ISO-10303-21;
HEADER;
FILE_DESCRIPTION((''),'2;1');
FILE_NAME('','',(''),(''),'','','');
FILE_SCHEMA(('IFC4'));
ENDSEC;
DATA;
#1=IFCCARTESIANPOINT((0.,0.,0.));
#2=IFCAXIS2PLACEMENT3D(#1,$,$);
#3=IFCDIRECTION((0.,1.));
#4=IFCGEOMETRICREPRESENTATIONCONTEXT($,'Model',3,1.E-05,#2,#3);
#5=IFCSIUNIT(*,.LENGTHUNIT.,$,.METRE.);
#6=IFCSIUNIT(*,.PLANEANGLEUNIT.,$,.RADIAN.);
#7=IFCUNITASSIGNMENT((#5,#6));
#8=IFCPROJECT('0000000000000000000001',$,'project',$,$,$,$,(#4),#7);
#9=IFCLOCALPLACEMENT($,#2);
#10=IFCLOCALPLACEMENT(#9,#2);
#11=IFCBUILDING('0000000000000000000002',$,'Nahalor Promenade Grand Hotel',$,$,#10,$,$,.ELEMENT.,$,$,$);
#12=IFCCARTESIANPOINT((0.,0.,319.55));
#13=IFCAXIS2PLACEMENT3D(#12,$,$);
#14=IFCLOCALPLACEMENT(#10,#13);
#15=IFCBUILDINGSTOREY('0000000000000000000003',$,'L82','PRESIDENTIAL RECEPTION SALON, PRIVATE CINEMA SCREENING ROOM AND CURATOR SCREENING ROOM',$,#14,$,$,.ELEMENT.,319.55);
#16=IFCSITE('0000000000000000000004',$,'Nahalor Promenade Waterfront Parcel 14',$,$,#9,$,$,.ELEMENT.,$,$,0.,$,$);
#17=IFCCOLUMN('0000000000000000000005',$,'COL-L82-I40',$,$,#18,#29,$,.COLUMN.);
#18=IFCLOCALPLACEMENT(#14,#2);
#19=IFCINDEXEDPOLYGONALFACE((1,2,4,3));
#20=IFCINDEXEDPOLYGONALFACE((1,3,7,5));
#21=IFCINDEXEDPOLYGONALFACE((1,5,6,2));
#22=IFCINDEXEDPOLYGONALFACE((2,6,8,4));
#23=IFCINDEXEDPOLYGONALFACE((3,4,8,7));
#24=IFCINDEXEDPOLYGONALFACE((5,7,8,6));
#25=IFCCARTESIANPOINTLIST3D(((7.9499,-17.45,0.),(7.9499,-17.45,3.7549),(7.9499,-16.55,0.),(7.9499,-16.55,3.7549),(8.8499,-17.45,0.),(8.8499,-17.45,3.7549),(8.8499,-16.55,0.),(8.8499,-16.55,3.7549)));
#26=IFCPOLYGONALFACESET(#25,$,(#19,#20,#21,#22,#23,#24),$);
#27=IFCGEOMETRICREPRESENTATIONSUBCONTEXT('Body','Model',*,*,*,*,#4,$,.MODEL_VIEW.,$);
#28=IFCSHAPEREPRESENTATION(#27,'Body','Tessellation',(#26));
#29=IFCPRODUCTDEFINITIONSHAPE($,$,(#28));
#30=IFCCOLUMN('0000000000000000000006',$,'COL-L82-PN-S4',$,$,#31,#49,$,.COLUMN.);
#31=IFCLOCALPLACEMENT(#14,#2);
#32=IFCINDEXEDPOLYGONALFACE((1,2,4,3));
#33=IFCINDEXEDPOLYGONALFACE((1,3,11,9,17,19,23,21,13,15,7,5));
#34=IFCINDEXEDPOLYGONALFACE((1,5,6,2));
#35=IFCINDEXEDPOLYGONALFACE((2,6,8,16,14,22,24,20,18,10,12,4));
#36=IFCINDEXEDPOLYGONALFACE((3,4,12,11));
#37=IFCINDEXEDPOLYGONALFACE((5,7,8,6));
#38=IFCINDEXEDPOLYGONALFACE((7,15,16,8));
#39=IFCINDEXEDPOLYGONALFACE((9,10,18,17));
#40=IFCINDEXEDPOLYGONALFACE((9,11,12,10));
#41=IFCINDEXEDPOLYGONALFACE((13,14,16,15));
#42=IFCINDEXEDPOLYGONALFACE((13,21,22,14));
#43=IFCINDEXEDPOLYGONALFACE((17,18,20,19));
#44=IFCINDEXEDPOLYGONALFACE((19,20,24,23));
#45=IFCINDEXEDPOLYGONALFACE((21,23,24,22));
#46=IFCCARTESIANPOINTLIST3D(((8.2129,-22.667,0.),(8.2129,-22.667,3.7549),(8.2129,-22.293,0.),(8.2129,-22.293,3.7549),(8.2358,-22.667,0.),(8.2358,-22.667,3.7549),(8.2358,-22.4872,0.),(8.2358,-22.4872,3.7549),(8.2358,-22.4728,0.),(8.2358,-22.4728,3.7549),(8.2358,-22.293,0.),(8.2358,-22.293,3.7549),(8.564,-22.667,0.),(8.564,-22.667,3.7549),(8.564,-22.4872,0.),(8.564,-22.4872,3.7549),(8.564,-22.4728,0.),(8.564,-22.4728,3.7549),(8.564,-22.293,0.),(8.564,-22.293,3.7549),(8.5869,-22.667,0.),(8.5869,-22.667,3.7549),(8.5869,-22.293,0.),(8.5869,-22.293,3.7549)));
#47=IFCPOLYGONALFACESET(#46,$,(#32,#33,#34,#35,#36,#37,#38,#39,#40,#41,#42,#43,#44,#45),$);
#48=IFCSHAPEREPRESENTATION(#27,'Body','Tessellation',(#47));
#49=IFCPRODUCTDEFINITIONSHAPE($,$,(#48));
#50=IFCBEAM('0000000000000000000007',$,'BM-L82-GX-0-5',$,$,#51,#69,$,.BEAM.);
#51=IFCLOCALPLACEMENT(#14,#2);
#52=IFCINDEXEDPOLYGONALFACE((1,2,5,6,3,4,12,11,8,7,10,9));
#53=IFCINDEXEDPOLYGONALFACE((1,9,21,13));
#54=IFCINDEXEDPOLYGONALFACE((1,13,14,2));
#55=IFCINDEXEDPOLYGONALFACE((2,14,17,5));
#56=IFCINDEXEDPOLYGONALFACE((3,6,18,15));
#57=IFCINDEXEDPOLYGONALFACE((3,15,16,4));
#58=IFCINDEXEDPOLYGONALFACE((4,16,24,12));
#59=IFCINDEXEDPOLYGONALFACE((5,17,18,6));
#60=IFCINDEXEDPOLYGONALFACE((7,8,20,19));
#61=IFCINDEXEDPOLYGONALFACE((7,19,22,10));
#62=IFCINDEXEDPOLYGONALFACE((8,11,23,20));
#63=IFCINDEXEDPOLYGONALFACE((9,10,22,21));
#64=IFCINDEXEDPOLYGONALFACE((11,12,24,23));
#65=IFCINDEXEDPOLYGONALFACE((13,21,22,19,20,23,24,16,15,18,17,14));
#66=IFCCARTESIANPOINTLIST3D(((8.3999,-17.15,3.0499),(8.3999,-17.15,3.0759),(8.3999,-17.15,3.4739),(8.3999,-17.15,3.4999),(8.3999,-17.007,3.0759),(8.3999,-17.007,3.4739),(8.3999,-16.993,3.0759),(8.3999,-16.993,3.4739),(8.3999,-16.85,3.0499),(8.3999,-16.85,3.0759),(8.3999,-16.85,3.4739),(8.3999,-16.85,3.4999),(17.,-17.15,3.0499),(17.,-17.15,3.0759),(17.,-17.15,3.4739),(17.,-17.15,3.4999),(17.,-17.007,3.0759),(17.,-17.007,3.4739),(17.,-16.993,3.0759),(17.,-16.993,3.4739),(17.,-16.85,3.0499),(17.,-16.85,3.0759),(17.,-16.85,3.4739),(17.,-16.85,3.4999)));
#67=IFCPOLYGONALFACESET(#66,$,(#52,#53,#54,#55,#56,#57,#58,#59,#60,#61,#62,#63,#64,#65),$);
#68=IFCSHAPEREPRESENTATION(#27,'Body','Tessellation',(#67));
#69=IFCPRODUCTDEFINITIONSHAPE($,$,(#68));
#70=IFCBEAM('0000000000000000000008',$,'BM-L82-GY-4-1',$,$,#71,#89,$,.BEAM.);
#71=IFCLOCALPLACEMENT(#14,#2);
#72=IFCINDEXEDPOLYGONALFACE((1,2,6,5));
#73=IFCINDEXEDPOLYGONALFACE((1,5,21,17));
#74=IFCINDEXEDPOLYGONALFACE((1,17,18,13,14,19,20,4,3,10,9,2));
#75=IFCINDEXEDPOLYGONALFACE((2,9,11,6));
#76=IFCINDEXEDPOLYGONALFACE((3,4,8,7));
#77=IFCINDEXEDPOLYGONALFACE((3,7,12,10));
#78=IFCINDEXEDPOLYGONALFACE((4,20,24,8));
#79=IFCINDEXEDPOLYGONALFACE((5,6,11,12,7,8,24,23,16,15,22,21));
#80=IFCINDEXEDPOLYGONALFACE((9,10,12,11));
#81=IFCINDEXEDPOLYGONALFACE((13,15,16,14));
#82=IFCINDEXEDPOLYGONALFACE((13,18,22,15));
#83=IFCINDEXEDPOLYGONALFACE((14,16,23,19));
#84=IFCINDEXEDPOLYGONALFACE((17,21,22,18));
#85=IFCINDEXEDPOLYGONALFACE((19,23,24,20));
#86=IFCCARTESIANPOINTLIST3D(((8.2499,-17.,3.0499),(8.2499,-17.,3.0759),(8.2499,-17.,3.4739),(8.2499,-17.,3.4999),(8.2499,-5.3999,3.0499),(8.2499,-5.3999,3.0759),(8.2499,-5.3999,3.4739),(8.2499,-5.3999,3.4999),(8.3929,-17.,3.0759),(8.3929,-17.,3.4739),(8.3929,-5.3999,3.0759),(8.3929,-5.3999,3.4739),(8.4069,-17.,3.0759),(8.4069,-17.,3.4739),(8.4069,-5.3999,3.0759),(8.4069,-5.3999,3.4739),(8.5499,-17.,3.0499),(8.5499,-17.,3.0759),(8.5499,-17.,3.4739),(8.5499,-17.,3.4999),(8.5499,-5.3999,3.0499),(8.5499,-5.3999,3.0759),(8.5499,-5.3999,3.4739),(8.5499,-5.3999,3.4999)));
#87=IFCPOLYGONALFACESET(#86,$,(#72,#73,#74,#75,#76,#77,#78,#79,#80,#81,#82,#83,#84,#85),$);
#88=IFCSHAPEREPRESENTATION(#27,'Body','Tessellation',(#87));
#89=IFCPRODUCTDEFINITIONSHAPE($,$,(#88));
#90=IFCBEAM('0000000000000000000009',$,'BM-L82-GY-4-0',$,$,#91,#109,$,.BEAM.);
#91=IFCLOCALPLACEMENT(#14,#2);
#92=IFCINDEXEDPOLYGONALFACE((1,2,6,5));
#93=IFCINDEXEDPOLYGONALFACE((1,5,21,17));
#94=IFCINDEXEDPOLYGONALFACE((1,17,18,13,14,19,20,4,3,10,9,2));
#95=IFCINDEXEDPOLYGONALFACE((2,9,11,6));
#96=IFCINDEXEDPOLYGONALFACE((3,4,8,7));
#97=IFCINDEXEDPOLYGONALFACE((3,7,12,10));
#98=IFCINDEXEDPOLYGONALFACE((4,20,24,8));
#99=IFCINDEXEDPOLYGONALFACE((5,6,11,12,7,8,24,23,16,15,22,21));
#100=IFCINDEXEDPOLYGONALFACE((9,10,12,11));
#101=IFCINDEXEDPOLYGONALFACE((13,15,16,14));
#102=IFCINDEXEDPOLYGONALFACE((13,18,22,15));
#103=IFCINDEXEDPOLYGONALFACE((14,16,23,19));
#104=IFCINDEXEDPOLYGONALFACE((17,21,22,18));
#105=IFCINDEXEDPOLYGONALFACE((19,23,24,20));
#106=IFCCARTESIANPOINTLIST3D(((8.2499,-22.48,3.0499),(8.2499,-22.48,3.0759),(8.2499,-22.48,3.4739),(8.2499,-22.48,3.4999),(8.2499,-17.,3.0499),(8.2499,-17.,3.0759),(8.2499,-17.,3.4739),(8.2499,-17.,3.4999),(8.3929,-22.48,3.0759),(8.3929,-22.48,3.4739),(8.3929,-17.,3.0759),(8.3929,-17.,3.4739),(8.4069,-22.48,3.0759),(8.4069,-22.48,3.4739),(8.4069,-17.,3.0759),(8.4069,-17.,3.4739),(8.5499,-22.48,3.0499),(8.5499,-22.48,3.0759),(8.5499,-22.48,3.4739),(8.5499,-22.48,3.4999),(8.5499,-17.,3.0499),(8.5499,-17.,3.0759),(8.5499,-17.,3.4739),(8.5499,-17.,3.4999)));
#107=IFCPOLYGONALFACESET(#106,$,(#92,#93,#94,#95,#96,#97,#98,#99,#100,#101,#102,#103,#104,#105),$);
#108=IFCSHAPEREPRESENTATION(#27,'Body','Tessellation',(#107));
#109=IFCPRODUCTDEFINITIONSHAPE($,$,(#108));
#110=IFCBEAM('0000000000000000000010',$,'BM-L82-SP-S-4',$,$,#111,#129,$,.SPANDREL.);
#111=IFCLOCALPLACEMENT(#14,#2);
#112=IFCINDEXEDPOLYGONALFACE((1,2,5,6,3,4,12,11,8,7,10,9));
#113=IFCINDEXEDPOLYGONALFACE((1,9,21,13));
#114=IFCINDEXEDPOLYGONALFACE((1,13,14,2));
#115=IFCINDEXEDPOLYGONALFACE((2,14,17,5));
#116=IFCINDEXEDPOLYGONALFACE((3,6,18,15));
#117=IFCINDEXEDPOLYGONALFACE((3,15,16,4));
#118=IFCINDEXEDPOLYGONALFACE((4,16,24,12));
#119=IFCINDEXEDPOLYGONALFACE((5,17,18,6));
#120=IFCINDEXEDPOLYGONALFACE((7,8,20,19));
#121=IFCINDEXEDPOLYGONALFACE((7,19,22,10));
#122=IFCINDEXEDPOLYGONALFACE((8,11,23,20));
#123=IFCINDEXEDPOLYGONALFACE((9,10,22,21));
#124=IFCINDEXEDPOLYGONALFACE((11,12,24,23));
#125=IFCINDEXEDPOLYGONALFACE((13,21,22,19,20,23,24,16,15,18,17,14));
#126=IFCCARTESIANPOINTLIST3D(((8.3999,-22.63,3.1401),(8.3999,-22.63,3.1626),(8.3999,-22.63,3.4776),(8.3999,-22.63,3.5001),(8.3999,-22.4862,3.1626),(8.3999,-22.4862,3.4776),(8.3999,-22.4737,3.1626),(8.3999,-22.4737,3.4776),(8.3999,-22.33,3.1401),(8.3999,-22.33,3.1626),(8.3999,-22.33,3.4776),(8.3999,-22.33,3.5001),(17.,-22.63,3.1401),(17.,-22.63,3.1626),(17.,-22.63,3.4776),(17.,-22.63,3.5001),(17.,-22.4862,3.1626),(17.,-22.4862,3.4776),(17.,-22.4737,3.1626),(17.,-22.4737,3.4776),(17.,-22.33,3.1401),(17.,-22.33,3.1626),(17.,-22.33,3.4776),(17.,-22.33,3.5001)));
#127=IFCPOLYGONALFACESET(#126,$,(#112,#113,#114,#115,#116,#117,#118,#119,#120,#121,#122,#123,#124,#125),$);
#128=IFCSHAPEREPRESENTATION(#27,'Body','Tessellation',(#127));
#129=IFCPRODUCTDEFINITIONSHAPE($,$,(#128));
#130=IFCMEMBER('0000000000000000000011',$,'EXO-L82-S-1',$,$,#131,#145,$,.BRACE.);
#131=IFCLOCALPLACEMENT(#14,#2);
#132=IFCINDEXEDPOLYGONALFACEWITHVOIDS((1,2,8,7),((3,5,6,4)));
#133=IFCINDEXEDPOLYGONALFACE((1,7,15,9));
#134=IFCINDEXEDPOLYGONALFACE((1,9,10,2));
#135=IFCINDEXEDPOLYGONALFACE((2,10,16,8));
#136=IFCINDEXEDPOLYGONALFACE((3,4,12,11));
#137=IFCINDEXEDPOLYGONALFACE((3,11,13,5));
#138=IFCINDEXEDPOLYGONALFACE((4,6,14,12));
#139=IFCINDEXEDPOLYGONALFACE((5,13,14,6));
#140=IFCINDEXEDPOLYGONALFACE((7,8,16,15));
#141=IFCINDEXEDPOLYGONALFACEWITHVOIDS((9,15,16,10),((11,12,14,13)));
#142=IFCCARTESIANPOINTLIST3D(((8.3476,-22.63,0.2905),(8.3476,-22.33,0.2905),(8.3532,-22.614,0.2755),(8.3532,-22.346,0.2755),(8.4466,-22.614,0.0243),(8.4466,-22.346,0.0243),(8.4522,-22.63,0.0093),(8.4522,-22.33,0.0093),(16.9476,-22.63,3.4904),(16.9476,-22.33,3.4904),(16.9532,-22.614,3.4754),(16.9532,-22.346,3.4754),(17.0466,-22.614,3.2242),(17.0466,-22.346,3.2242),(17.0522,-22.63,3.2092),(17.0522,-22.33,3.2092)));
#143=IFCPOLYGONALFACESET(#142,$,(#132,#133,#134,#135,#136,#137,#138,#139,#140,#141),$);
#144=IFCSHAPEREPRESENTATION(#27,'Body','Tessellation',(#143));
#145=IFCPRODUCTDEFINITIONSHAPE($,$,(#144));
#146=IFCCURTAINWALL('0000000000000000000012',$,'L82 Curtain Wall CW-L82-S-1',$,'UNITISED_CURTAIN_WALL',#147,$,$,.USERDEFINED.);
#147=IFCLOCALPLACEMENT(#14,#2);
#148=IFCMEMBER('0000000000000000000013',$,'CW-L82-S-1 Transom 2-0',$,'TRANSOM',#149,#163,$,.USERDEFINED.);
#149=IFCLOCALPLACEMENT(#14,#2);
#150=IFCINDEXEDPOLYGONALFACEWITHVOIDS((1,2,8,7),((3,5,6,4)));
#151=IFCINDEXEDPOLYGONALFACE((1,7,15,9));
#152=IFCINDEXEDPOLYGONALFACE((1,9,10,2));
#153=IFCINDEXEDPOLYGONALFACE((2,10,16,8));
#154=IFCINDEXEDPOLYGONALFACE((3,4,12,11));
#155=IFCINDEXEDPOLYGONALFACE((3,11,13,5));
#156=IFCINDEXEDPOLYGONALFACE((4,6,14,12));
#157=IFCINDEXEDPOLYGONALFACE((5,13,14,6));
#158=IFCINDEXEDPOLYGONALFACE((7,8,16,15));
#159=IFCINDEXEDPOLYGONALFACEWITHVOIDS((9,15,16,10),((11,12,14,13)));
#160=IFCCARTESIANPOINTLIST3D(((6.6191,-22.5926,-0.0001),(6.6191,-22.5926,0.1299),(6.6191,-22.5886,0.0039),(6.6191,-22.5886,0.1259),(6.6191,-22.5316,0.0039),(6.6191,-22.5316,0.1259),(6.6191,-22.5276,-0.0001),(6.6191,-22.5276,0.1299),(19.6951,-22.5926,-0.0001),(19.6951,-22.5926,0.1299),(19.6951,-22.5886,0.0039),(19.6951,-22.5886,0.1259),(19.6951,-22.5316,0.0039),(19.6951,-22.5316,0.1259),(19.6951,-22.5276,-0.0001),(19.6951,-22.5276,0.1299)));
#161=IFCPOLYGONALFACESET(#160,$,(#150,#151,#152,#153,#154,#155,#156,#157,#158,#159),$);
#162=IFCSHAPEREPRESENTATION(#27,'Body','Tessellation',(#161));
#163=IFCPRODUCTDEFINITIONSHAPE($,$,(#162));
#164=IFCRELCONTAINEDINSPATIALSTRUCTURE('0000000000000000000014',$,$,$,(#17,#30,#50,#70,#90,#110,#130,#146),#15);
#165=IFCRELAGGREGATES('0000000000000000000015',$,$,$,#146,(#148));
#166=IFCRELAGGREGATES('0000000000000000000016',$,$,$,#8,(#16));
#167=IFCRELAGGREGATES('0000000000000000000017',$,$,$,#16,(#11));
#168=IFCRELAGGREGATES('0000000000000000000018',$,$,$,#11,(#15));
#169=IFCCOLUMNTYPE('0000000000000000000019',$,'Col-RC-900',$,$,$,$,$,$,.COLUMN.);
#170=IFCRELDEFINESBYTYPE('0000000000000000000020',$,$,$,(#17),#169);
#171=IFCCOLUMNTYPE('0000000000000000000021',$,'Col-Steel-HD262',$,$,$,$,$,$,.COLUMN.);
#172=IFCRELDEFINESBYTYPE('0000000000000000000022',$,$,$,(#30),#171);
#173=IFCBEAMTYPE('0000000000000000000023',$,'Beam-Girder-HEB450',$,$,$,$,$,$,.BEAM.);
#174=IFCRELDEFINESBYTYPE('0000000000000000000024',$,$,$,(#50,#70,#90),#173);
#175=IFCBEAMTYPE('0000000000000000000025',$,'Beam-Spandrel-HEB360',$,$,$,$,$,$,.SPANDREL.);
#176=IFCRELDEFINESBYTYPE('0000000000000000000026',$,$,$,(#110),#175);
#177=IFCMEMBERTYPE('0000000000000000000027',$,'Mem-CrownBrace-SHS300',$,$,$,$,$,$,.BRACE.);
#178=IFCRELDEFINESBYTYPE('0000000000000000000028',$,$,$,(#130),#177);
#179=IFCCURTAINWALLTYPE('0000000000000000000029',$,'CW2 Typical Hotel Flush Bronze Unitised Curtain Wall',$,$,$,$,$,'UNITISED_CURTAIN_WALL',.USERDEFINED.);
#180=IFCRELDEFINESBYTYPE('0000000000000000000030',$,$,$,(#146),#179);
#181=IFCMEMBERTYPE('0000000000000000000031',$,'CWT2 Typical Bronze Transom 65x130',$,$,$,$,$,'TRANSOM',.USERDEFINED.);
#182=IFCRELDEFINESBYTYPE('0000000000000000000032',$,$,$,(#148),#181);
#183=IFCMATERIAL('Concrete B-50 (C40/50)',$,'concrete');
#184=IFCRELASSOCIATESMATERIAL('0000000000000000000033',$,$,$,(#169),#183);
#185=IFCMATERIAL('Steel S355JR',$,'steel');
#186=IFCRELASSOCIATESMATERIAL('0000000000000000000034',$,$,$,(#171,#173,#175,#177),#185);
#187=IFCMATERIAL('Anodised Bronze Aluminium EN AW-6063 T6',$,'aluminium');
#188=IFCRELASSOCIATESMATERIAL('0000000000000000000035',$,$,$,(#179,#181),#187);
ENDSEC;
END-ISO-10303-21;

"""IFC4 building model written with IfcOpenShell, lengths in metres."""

from ifc_helpers import new_model, si_unit, direction, frame, origin, origin_2d, place, context, subcontext, project, spatial, rectangle, hollow_rectangle, i_section, extrude, source, transform, mapped, material, material_profile, profile_set, type_object, element, aggregate, save


model = new_model("IFC4")

# Units and contexts
model_context = context("Model", 3, precision=1e-05, world=origin(), true_north=direction((0.0, 1.0)))
body_context = subcontext(model_context, "Body", "Model", "MODEL_VIEW")
ifc_project = project(units=[si_unit("LENGTHUNIT", "METRE"), si_unit("PLANEANGLEUNIT", "RADIAN")], contexts=[model_context])

# Site, building, storey
site_placement = place(None, origin())
site = spatial("IfcSite", under=ifc_project, at=site_placement, Name="Nahalor Promenade Waterfront Parcel 14", CompositionType="ELEMENT", RefElevation=0.0)
building_placement = place(site_placement, origin())
building = spatial("IfcBuilding", under=site, at=building_placement, Name="Nahalor Promenade Grand Hotel", CompositionType="ELEMENT")
storey_placement = place(building_placement, frame((0.0, 0.0, 319.55)))
storey = spatial("IfcBuildingStorey", under=building, at=storey_placement, Name="L82", Description="PRESIDENTIAL RECEPTION SALON, PRIVATE CINEMA SCREENING ROOM AND CURATOR SCREENING ROOM", CompositionType="ELEMENT", Elevation=319.55)

# Columns
ifc_material_1 = material(Name="Concrete B-50 (C40/50)", Category="concrete")
ifc_material_profile_1 = material_profile(ifc_material_1, rectangle(XDim=0.9, YDim=0.9, at=origin_2d()), Name="RC 900x900")
ifc_profile_set_1 = profile_set([ifc_material_profile_1], Name="Concrete B-50 (C40/50)")
column_type_1 = type_object("IfcColumnType", Name="Col-RC-900", PredefinedType="COLUMN", material=ifc_profile_set_1)
shared_shape_1 = source(origin(), body_context, "Body", "SweptSolid", [
    extrude(rectangle(XDim=0.9, YDim=0.9, at=origin_2d()), origin(), (0.0, 0.0, 1.0), 3.7549),
])
column_1_placement = place(storey_placement, frame((8.3999, -17.0, 0.0), z_axis=(0.0, 0.0, 1.0), x_axis=(1.0, 0.0, 0.0)))
element("IfcColumn", 1, at=column_1_placement, inside=storey, type_object=column_type_1, Name="COL-L82-I40", PredefinedType="COLUMN", context=body_context, shape_type="MappedRepresentation", body=[
    mapped(shared_shape_1, transform((0.0, 0.0, 0.0), scale=1.0)),
])
ifc_material_2 = material(Name="Steel S355JR", Category="steel")
ifc_material_profile_2 = material_profile(ifc_material_2, i_section(OverallWidth=0.374, OverallDepth=0.374, WebThickness=0.0144, FlangeThickness=0.0229, at=origin_2d()), Name="HD 360x262")
ifc_profile_set_2 = profile_set([ifc_material_profile_2], Name="Steel S355JR")
column_type_2 = type_object("IfcColumnType", Name="Col-Steel-HD262", PredefinedType="COLUMN", material=ifc_profile_set_2)
shared_shape_2 = source(origin(), body_context, "Body", "SweptSolid", [
    extrude(i_section(OverallWidth=0.374, OverallDepth=0.374, WebThickness=0.0144, FlangeThickness=0.0229, at=origin_2d()), origin(), (0.0, 0.0, 1.0), 3.7549),
])
column_2_placement = place(storey_placement, frame((8.3999, -22.48, 0.0), z_axis=(0.0, 0.0, 1.0), x_axis=(0.0, 1.0, 0.0)))
element("IfcColumn", 2, at=column_2_placement, inside=storey, type_object=column_type_2, Name="COL-L82-PN-S4", PredefinedType="COLUMN", context=body_context, shape_type="MappedRepresentation", body=[
    mapped(shared_shape_2, transform((0.0, 0.0, 0.0), scale=1.0)),
])

# Beams
ifc_material_profile_3 = material_profile(ifc_material_2, i_section(OverallWidth=0.3, OverallDepth=0.45, WebThickness=0.014, FlangeThickness=0.026, at=origin_2d()), Name="HEB 450")
ifc_profile_set_3 = profile_set([ifc_material_profile_3], Name="Steel S355JR")
beam_type_1 = type_object("IfcBeamType", Name="Beam-Girder-HEB450", PredefinedType="BEAM", material=ifc_profile_set_3)
shared_shape_3 = source(origin(), body_context, "Body", "SweptSolid", [
    extrude(i_section(OverallWidth=0.3, OverallDepth=0.45, WebThickness=0.014, FlangeThickness=0.026, at=origin_2d()), origin(), (0.0, 0.0, 1.0), 8.6001),
])
beam_1_placement = place(storey_placement, frame((8.3999, -17.0, 3.2749), z_axis=(1.0, 0.0, 0.0), x_axis=(0.0, 1.0, 0.0)))
element("IfcBeam", 3, at=beam_1_placement, inside=storey, type_object=beam_type_1, Name="BM-L82-GX-0-5", PredefinedType="BEAM", context=body_context, shape_type="MappedRepresentation", body=[
    mapped(shared_shape_3, transform((0.0, 0.0, 0.0), scale=1.0)),
])
shared_shape_4 = source(origin(), body_context, "Body", "SweptSolid", [
    extrude(i_section(OverallWidth=0.3, OverallDepth=0.45, WebThickness=0.014, FlangeThickness=0.026, at=origin_2d()), origin(), (0.0, 0.0, 1.0), 11.6001),
])
beam_2_placement = place(storey_placement, frame((8.3999, -17.0, 3.2749), z_axis=(0.0, 1.0, 0.0), x_axis=(-1.0, 0.0, 0.0)))
element("IfcBeam", 4, at=beam_2_placement, inside=storey, type_object=beam_type_1, Name="BM-L82-GY-4-1", PredefinedType="BEAM", context=body_context, shape_type="MappedRepresentation", body=[
    mapped(shared_shape_4, transform((0.0, 0.0, 0.0), scale=1.0)),
])
shared_shape_5 = source(origin(), body_context, "Body", "SweptSolid", [
    extrude(i_section(OverallWidth=0.3, OverallDepth=0.45, WebThickness=0.014, FlangeThickness=0.026, at=origin_2d()), origin(), (0.0, 0.0, 1.0), 5.48),
])
beam_3_placement = place(storey_placement, frame((8.3999, -22.48, 3.2749), z_axis=(0.0, 1.0, 0.0), x_axis=(-1.0, 0.0, 0.0)))
element("IfcBeam", 5, at=beam_3_placement, inside=storey, type_object=beam_type_1, Name="BM-L82-GY-4-0", PredefinedType="BEAM", context=body_context, shape_type="MappedRepresentation", body=[
    mapped(shared_shape_5, transform((0.0, 0.0, 0.0), scale=1.0)),
])
ifc_material_profile_4 = material_profile(ifc_material_2, i_section(OverallWidth=0.3, OverallDepth=0.36, WebThickness=0.0125, FlangeThickness=0.0225, at=origin_2d()), Name="HEB 360")
ifc_profile_set_4 = profile_set([ifc_material_profile_4], Name="Steel S355JR")
beam_type_2 = type_object("IfcBeamType", Name="Beam-Spandrel-HEB360", PredefinedType="SPANDREL", material=ifc_profile_set_4)
shared_shape_6 = source(origin(), body_context, "Body", "SweptSolid", [
    extrude(i_section(OverallWidth=0.3, OverallDepth=0.36, WebThickness=0.0125, FlangeThickness=0.0225, at=origin_2d()), origin(), (0.0, 0.0, 1.0), 8.6001),
])
beam_4_placement = place(storey_placement, frame((8.3999, -22.48, 3.3201), z_axis=(1.0, 0.0, 0.0), x_axis=(0.0, 1.0, 0.0)))
element("IfcBeam", 6, at=beam_4_placement, inside=storey, type_object=beam_type_2, Name="BM-L82-SP-S-4", PredefinedType="SPANDREL", context=body_context, shape_type="MappedRepresentation", body=[
    mapped(shared_shape_6, transform((0.0, 0.0, 0.0), scale=1.0)),
])

# Member
ifc_material_profile_5 = material_profile(ifc_material_2, hollow_rectangle(XDim=0.3, YDim=0.3, WallThickness=0.016, at=origin_2d()), Name="SHS 300x300x16")
ifc_profile_set_5 = profile_set([ifc_material_profile_5], Name="Steel S355JR")
member_type_1 = type_object("IfcMemberType", Name="Mem-CrownBrace-SHS300", PredefinedType="BRACE", material=ifc_profile_set_5)
shared_shape_7 = source(origin(), body_context, "Body", "SweptSolid", [
    extrude(hollow_rectangle(XDim=0.3, YDim=0.3, WallThickness=0.016, at=origin_2d()), origin(), (0.0, 0.0, 1.0), 9.176),
])
member_1_placement = place(storey_placement, frame((8.3999, -22.48, 0.1499), z_axis=(0.937225, 0.0, 0.348726), x_axis=(0.0, 1.0, 0.0)))
element("IfcMember", 7, at=member_1_placement, inside=storey, type_object=member_type_1, Name="EXO-L82-S-1", PredefinedType="BRACE", context=body_context, shape_type="MappedRepresentation", body=[
    mapped(shared_shape_7, transform((0.0, 0.0, 0.0), scale=1.0)),
])

# Curtain wall, member
ifc_material_3 = material(Name="Anodised Bronze Aluminium EN AW-6063 T6", Category="aluminium")
curtain_wall_type = type_object("IfcCurtainWallType", Name="CW2 Typical Hotel Flush Bronze Unitised Curtain Wall", ElementType="UNITISED_CURTAIN_WALL", PredefinedType="USERDEFINED", material=ifc_material_3)
curtain_wall_placement = place(storey_placement, origin())
curtain_wall = element("IfcCurtainWall", 8, at=curtain_wall_placement, inside=storey, type_object=curtain_wall_type, Name="L82 Curtain Wall CW-L82-S-1", ObjectType="UNITISED_CURTAIN_WALL", PredefinedType="USERDEFINED")
ifc_material_profile_6 = material_profile(ifc_material_3, hollow_rectangle(XDim=0.065, YDim=0.13, WallThickness=0.004, at=origin_2d()), Name="CWT 65x130x4")
ifc_profile_set_6 = profile_set([ifc_material_profile_6], Name="Anodised Bronze Aluminium EN AW-6063 T6")
member_type_2 = type_object("IfcMemberType", Name="CWT2 Typical Bronze Transom 65x130", ElementType="TRANSOM", PredefinedType="USERDEFINED", material=ifc_profile_set_6)
shared_shape_8 = source(origin(), body_context, "Body", "SweptSolid", [
    extrude(hollow_rectangle(XDim=0.065, YDim=0.13, WallThickness=0.004, at=origin_2d()), origin(), (0.0, 0.0, 1.0), 13.0759),
])
member_2_placement = place(storey_placement, frame((6.6191, -22.5601, 0.0649), z_axis=(1.0, 0.0, 0.0), x_axis=(0.0, 1.0, 0.0)))
member_2 = element("IfcMember", 9, at=member_2_placement, type_object=member_type_2, Name="CW-L82-S-1 Transom 2-0", ObjectType="TRANSOM", PredefinedType="USERDEFINED", context=body_context, shape_type="MappedRepresentation", body=[
    mapped(shared_shape_8, transform((0.0, 0.0, 0.0), scale=1.0)),
])
aggregate(curtain_wall, [member_2])

save(model, "model.ifc")
